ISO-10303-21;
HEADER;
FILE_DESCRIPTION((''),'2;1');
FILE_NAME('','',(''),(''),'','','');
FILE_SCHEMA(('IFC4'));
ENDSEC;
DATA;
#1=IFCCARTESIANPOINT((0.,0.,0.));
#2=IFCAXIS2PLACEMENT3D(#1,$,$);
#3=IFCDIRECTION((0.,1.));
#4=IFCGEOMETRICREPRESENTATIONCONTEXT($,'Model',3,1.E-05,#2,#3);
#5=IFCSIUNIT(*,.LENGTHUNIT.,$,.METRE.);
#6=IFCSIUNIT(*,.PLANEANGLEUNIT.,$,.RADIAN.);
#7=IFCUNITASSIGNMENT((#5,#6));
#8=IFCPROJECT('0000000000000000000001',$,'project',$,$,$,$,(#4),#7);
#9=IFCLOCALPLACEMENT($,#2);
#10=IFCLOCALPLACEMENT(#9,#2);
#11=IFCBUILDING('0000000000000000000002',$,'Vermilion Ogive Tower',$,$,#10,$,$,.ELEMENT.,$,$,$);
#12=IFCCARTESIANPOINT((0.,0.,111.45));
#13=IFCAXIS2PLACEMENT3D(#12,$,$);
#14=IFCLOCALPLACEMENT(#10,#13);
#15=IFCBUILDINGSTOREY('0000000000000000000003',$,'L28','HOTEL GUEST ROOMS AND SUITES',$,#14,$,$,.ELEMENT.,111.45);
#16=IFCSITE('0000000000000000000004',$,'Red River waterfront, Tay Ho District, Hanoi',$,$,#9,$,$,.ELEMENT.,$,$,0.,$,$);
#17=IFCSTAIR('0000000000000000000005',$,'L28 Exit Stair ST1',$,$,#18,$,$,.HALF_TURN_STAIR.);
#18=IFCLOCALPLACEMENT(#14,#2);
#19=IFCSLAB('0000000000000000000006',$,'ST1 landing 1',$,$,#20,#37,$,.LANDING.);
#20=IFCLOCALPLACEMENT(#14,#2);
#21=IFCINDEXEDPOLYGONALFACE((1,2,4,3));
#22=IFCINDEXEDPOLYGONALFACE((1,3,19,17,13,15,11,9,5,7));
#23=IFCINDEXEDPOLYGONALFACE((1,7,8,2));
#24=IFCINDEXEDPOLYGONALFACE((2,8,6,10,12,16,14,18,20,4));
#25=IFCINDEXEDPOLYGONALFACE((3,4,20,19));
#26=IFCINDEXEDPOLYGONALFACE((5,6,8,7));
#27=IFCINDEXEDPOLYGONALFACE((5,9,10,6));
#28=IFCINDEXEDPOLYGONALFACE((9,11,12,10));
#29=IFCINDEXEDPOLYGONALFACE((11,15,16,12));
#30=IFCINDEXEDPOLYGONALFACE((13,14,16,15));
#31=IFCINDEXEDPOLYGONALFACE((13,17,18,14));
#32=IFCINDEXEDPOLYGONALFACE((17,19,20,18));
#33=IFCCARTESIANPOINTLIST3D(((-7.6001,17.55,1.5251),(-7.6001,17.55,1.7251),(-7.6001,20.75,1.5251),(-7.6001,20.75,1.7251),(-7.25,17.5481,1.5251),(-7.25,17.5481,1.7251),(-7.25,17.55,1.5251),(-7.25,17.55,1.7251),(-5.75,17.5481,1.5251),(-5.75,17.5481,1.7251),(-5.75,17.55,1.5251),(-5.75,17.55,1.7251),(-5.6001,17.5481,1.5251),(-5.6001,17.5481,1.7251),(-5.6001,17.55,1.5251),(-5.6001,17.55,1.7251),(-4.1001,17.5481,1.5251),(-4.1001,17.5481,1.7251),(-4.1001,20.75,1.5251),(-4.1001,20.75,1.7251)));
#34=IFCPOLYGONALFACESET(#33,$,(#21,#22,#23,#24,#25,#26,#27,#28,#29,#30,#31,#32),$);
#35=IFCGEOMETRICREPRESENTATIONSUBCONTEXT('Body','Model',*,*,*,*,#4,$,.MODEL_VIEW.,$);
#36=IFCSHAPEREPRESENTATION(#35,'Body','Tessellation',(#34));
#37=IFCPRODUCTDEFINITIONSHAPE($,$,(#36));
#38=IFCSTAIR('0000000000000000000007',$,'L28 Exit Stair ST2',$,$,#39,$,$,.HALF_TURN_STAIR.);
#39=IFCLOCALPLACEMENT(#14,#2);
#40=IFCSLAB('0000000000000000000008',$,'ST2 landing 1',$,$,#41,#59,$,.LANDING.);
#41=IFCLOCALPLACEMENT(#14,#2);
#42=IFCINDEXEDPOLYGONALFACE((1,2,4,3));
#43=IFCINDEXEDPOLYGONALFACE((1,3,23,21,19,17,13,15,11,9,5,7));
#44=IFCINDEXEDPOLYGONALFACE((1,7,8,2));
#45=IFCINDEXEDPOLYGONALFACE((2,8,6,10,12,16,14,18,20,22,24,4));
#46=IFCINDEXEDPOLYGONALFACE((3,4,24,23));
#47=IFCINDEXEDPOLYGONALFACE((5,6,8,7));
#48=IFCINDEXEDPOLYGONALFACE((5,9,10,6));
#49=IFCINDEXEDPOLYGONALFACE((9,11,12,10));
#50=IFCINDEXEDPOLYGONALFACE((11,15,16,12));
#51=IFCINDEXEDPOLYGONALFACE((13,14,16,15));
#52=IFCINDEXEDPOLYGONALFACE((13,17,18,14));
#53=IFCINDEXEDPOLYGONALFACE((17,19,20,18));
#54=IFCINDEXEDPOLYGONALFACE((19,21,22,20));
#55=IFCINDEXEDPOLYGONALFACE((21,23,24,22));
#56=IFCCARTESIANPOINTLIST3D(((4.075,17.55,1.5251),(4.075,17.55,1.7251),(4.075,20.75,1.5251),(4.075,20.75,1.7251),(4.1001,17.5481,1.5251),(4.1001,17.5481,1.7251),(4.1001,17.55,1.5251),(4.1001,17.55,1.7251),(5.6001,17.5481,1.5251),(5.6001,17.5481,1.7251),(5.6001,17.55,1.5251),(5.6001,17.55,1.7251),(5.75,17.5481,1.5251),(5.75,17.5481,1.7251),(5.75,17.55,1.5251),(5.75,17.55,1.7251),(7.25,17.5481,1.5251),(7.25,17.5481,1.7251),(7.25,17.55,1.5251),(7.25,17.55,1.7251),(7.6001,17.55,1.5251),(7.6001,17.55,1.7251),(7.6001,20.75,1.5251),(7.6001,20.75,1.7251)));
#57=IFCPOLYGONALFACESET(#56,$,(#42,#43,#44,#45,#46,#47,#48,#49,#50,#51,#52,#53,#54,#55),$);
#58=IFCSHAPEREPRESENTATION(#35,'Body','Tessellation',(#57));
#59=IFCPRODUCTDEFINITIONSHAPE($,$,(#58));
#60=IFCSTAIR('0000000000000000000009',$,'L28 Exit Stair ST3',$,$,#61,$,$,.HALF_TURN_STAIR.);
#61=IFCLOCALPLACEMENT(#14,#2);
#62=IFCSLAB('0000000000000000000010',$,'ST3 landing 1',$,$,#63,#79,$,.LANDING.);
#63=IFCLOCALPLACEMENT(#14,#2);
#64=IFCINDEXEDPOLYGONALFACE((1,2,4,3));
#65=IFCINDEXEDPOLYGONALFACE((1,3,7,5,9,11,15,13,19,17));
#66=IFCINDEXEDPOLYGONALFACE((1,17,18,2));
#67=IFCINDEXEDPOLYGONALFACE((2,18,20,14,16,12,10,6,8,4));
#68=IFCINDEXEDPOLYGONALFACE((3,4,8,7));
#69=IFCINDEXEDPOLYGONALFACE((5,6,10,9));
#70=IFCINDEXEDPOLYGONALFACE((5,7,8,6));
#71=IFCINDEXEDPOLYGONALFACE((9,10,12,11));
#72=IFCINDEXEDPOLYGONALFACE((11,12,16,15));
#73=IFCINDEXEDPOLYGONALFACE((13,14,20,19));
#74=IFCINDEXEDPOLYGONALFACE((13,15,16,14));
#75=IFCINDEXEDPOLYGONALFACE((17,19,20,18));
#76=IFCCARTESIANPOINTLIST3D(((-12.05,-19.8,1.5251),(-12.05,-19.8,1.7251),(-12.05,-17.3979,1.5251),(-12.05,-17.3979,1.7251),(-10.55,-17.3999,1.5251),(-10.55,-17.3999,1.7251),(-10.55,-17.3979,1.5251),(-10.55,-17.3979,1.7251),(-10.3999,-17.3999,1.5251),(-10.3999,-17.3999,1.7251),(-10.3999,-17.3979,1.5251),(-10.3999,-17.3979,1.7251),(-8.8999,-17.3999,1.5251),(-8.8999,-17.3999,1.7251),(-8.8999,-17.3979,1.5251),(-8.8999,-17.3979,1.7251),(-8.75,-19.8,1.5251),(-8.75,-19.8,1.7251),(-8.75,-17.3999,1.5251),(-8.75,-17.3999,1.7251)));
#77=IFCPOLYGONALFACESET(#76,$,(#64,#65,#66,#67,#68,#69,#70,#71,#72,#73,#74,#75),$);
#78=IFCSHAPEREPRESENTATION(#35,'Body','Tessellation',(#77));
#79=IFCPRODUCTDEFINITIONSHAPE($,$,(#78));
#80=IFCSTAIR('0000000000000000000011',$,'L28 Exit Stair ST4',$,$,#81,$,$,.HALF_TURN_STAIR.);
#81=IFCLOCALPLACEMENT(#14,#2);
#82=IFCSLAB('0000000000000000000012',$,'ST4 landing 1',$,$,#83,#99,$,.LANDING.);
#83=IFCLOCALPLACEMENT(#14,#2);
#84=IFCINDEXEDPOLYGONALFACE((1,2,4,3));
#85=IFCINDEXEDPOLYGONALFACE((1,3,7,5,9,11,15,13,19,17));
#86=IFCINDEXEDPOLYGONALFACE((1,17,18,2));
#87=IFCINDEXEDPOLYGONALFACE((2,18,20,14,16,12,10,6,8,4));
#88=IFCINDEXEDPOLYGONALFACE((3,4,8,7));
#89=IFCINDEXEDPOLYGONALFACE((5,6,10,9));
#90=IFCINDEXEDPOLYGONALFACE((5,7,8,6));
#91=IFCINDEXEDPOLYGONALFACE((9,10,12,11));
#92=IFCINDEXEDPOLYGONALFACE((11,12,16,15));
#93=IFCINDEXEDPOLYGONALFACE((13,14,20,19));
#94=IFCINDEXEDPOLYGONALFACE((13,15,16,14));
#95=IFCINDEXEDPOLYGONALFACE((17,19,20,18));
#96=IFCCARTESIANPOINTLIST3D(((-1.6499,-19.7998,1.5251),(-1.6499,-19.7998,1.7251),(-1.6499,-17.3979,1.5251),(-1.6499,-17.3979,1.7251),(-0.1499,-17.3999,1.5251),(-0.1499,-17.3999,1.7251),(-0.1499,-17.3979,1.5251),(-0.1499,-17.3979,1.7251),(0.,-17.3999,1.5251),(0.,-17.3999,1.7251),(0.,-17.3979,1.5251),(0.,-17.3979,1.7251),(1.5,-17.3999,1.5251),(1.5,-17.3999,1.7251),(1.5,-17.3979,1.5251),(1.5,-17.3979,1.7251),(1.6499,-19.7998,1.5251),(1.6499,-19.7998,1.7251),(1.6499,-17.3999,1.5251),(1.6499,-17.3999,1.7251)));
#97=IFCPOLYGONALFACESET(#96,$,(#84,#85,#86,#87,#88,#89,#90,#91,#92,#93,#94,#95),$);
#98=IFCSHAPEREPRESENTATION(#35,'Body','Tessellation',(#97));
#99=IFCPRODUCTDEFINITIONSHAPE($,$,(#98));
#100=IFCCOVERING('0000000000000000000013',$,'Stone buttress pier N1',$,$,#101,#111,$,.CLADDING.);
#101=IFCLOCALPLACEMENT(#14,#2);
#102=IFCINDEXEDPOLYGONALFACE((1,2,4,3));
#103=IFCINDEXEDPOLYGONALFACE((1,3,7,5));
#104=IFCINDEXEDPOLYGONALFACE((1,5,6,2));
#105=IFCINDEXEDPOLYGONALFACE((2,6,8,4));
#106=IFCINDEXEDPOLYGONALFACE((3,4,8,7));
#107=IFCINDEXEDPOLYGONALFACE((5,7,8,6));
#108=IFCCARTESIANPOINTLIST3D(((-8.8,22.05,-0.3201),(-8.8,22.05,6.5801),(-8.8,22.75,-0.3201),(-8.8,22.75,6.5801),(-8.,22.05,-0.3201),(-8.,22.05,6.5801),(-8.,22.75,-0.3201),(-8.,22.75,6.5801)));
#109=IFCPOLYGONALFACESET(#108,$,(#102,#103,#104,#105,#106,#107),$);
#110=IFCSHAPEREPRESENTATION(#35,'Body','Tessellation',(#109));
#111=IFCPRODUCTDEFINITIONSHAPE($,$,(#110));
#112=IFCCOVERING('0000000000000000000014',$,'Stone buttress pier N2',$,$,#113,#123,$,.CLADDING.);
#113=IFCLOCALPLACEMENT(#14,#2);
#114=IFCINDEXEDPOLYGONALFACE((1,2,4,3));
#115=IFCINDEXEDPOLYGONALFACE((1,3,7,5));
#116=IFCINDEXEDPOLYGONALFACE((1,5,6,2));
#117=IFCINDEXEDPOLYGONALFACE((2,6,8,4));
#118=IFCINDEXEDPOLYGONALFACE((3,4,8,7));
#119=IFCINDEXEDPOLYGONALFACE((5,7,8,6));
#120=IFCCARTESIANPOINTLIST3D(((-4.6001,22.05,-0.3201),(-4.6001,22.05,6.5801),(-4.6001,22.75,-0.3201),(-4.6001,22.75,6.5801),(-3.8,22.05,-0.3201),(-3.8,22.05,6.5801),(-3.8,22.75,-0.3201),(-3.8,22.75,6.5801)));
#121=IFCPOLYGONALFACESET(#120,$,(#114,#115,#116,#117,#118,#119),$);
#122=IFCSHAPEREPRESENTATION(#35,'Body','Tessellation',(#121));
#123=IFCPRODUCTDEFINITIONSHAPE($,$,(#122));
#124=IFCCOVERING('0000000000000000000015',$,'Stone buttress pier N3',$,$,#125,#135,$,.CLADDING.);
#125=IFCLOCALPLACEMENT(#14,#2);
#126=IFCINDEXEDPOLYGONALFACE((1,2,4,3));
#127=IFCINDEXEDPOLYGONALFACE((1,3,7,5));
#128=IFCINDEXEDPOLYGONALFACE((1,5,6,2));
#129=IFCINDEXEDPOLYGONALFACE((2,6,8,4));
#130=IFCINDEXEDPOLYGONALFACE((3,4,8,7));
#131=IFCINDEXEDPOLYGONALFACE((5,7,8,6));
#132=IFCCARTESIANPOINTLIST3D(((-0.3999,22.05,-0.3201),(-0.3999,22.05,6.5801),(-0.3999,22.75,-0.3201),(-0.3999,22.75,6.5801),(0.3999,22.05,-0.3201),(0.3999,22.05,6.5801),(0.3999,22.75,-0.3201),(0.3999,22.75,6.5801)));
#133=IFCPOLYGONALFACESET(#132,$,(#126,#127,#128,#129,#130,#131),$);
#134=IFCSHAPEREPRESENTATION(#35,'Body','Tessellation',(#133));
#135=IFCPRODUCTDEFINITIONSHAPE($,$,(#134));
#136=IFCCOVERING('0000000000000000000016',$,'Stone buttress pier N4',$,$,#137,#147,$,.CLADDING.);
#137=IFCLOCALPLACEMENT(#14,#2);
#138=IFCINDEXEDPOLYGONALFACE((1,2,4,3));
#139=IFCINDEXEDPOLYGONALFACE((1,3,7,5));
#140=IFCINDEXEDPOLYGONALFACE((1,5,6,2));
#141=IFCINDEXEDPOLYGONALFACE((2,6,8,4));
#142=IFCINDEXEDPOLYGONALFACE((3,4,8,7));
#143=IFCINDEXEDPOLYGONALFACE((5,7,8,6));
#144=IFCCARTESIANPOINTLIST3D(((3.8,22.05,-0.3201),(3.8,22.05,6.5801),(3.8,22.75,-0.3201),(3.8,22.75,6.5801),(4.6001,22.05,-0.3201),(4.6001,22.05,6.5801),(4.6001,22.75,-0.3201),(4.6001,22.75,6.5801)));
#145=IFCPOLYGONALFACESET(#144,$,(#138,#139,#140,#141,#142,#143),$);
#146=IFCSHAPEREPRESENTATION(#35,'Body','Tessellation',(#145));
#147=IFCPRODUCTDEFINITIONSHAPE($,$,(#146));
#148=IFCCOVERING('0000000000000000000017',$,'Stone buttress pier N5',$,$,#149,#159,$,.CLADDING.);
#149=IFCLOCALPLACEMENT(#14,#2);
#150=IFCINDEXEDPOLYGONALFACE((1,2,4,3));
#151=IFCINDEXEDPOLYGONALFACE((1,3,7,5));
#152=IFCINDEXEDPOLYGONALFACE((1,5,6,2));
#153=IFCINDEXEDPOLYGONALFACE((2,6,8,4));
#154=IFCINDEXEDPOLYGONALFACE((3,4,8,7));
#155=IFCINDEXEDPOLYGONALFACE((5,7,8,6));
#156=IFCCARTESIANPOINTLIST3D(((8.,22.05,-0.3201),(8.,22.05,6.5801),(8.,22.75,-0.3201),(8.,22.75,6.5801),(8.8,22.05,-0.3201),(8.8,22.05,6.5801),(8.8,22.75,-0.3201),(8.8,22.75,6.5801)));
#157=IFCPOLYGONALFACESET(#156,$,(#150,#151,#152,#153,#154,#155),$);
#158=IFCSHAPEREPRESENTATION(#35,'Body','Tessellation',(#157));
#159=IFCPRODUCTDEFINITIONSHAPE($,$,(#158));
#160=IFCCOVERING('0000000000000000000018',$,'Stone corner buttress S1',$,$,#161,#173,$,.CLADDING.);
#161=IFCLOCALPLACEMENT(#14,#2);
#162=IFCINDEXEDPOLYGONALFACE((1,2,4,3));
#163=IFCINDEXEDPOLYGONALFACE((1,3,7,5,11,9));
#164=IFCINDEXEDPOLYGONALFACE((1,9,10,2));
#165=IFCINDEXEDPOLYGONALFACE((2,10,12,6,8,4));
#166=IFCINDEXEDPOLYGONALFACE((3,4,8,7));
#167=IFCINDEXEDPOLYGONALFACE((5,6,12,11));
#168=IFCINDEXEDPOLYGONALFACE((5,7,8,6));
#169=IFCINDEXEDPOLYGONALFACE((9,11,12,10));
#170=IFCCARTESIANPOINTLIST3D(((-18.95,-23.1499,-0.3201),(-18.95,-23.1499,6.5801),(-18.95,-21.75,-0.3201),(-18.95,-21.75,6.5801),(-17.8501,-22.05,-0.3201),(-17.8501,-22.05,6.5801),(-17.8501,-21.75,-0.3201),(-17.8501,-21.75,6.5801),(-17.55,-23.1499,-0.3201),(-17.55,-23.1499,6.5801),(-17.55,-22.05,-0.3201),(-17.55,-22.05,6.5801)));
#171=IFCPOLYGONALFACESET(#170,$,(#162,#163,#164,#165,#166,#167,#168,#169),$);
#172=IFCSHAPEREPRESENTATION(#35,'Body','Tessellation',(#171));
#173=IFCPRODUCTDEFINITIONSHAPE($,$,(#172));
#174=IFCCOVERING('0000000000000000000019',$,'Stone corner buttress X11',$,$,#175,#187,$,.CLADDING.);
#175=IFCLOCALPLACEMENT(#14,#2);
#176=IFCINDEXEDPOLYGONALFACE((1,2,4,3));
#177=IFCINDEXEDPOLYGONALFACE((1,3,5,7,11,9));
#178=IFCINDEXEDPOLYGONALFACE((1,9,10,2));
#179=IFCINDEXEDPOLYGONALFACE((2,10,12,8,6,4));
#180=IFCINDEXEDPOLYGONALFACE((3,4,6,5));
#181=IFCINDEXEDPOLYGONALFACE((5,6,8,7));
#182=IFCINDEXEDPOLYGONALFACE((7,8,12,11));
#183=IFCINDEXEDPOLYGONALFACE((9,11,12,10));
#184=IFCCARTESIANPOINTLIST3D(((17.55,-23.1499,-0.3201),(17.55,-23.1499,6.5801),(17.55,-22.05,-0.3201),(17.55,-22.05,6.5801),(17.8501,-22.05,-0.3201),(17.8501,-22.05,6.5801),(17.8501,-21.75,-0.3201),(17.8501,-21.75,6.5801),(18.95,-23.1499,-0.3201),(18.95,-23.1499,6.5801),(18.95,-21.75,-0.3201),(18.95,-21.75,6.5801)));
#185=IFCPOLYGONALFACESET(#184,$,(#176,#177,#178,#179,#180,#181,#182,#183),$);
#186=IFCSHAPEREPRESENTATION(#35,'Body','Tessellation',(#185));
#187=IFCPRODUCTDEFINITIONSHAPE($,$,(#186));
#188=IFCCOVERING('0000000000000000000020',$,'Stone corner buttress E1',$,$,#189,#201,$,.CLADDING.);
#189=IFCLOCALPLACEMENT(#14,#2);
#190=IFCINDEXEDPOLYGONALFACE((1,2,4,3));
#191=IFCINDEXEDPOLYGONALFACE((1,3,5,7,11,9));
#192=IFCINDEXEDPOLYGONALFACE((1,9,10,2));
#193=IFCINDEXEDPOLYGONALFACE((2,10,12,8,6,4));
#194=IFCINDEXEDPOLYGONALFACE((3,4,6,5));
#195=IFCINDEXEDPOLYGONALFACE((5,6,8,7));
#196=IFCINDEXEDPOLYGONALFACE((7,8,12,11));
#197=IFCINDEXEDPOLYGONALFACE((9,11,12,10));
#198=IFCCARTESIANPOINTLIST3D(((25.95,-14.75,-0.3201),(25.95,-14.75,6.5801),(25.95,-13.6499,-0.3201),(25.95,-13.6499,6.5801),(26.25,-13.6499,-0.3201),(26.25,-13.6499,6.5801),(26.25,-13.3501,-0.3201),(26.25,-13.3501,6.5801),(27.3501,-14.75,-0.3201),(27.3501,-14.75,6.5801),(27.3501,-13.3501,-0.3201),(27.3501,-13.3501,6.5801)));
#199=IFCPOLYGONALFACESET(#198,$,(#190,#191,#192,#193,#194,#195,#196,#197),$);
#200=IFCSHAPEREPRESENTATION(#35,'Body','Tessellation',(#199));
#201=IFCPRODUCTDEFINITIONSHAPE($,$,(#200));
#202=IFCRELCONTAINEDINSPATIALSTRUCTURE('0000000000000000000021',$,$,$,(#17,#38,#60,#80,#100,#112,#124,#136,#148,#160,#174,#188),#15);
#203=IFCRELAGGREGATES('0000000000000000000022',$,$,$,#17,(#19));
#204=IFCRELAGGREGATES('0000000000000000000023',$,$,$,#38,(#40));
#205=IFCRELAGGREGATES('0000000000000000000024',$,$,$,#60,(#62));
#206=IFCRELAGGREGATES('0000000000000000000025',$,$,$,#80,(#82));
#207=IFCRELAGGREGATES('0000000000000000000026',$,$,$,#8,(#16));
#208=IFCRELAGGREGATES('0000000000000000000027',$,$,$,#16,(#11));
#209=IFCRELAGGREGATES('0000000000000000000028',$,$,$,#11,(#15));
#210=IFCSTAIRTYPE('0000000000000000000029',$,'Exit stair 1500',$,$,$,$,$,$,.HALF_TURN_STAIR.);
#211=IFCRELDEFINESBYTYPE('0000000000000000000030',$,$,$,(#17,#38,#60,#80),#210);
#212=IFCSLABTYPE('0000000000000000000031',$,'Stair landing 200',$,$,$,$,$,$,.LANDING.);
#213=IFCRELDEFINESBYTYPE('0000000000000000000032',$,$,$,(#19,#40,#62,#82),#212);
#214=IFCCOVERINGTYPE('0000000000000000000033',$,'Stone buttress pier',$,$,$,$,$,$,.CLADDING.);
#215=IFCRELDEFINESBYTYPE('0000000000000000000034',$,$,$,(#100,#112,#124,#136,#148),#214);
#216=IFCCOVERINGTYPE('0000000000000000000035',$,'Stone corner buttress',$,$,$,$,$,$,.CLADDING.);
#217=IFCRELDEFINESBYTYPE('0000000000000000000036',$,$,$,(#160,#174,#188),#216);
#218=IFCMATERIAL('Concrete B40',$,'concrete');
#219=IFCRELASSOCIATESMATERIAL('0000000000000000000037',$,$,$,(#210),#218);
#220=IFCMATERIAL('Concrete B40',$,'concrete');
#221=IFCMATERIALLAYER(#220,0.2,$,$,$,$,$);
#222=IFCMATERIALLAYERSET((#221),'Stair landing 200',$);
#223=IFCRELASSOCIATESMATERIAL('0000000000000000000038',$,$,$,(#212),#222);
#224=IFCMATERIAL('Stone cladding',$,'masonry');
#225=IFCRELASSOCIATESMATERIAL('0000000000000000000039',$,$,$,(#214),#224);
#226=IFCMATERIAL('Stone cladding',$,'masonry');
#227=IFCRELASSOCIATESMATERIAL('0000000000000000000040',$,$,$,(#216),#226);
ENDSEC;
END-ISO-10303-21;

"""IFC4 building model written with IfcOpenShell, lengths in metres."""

from ifc_helpers import new_model, si_unit, direction, frame, origin, place, context, subcontext, project, spatial, polyline, outline, extrude, material, layer, layer_set, type_object, element, aggregate, save


model = new_model("IFC4")

# Units and contexts
model_context = context("Model", 3, precision=1e-05, world=origin(), true_north=direction((0.0, 1.0)))
body_context = subcontext(model_context, "Body", "Model", "MODEL_VIEW")
ifc_project = project(units=[si_unit("LENGTHUNIT", "METRE"), si_unit("PLANEANGLEUNIT", "RADIAN")], contexts=[model_context])

# Site, building, storey
site_placement = place(None, origin())
site = spatial("IfcSite", under=ifc_project, at=site_placement, Name="Red River waterfront, Tay Ho District, Hanoi", CompositionType="ELEMENT", RefElevation=0.0)
building_placement = place(site_placement, origin())
building = spatial("IfcBuilding", under=site, at=building_placement, Name="Vermilion Ogive Tower", CompositionType="ELEMENT")
storey_placement = place(building_placement, frame((0.0, 0.0, 111.45)))
storey = spatial("IfcBuildingStorey", under=building, at=storey_placement, Name="L28", Description="HOTEL GUEST ROOMS AND SUITES", CompositionType="ELEMENT", Elevation=111.45)

# Stairs, slabs
ifc_material_1 = material(Name="Concrete B40", Category="concrete")
stair_type = type_object("IfcStairType", Name="Exit stair 1500", PredefinedType="HALF_TURN_STAIR", material=ifc_material_1)
stair_1_placement = place(storey_placement, origin())
stair_1 = element("IfcStair", 1, at=stair_1_placement, inside=storey, type_object=stair_type, Name="L28 Exit Stair ST1", PredefinedType="HALF_TURN_STAIR")
ifc_material_2 = material(Name="Concrete B40", Category="concrete")
ifc_layer = layer(ifc_material_2, 0.2)
ifc_layer_set = layer_set([ifc_layer], Name="Stair landing 200")
slab_type = type_object("IfcSlabType", Name="Stair landing 200", PredefinedType="LANDING", material=ifc_layer_set)
slab_1_placement = place(storey_placement, frame((0.0, 0.0, 1.5251)))
slab_1 = element("IfcSlab", 2, at=slab_1_placement, type_object=slab_type, Name="ST1 landing 1", PredefinedType="LANDING", context=body_context, shape_type="SweptSolid", body=[
    extrude(outline(polyline([(-7.6001, 17.55), (-7.25, 17.55), (-7.25, 17.5481), (-5.75, 17.5481), (-5.75, 17.55), (-5.6001, 17.55), (-5.6001, 17.5481), (-4.1001, 17.5481), (-4.1001, 20.75), (-7.6001, 20.75), (-7.6001, 17.55)])), origin(), (0.0, 0.0, 1.0), 0.2),
])
aggregate(stair_1, [slab_1])
stair_2_placement = place(storey_placement, origin())
stair_2 = element("IfcStair", 3, at=stair_2_placement, inside=storey, type_object=stair_type, Name="L28 Exit Stair ST2", PredefinedType="HALF_TURN_STAIR")
slab_2_placement = place(storey_placement, frame((0.0, 0.0, 1.5251)))
slab_2 = element("IfcSlab", 4, at=slab_2_placement, type_object=slab_type, Name="ST2 landing 1", PredefinedType="LANDING", context=body_context, shape_type="SweptSolid", body=[
    extrude(outline(polyline([(5.6001, 17.55), (5.75, 17.55), (5.75, 17.5481), (7.25, 17.5481), (7.25, 17.55), (7.6001, 17.55), (7.6001, 20.75), (4.075, 20.75), (4.075, 17.55), (4.1001, 17.55), (4.1001, 17.5481), (5.6001, 17.5481), (5.6001, 17.55)])), origin(), (0.0, 0.0, 1.0), 0.2),
])
aggregate(stair_2, [slab_2])
stair_3_placement = place(storey_placement, origin())
stair_3 = element("IfcStair", 5, at=stair_3_placement, inside=storey, type_object=stair_type, Name="L28 Exit Stair ST3", PredefinedType="HALF_TURN_STAIR")
slab_3_placement = place(storey_placement, frame((0.0, 0.0, 1.5251)))
slab_3 = element("IfcSlab", 6, at=slab_3_placement, type_object=slab_type, Name="ST3 landing 1", PredefinedType="LANDING", context=body_context, shape_type="SweptSolid", body=[
    extrude(outline(polyline([(-8.75, -17.3999), (-8.8999, -17.3999), (-8.8999, -17.3979), (-10.3999, -17.3979), (-10.3999, -17.3999), (-10.55, -17.3999), (-10.55, -17.3979), (-12.05, -17.3979), (-12.05, -19.8), (-8.75, -19.8), (-8.75, -17.3999)])), origin(), (0.0, 0.0, 1.0), 0.2),
])
aggregate(stair_3, [slab_3])
stair_4_placement = place(storey_placement, origin())
stair_4 = element("IfcStair", 7, at=stair_4_placement, inside=storey, type_object=stair_type, Name="L28 Exit Stair ST4", PredefinedType="HALF_TURN_STAIR")
slab_4_placement = place(storey_placement, frame((0.0, 0.0, 1.5251)))
slab_4 = element("IfcSlab", 8, at=slab_4_placement, type_object=slab_type, Name="ST4 landing 1", PredefinedType="LANDING", context=body_context, shape_type="SweptSolid", body=[
    extrude(outline(polyline([(1.6499, -17.3999), (1.5, -17.3999), (1.5, -17.3979), (0.0, -17.3979), (0.0, -17.3999), (-0.1499, -17.3999), (-0.1499, -17.3979), (-1.6499, -17.3979), (-1.6499, -19.7998), (1.6499, -19.7998), (1.6499, -17.3999)])), origin(), (0.0, 0.0, 1.0), 0.2),
])
aggregate(stair_4, [slab_4])

# Coverings
ifc_material_3 = material(Name="Stone cladding", Category="masonry")
covering_type_1 = type_object("IfcCoveringType", Name="Stone buttress pier", PredefinedType="CLADDING", material=ifc_material_3)
covering_1_placement = place(storey_placement, frame((0.0, 0.0, -0.3201)))
element("IfcCovering", 9, at=covering_1_placement, inside=storey, type_object=covering_type_1, Name="Stone buttress pier N1", PredefinedType="CLADDING", context=body_context, shape_type="SweptSolid", body=[
    extrude(outline(polyline([(-8.0, 22.75), (-8.0, 22.05), (-8.8, 22.05), (-8.8, 22.75), (-8.0, 22.75)])), origin(), (0.0, 0.0, 1.0), 6.9001),
])
covering_2_placement = place(storey_placement, frame((0.0, 0.0, -0.3201)))
element("IfcCovering", 10, at=covering_2_placement, inside=storey, type_object=covering_type_1, Name="Stone buttress pier N2", PredefinedType="CLADDING", context=body_context, shape_type="SweptSolid", body=[
    extrude(outline(polyline([(-3.8, 22.75), (-3.8, 22.05), (-4.6001, 22.05), (-4.6001, 22.75), (-3.8, 22.75)])), origin(), (0.0, 0.0, 1.0), 6.9001),
])
covering_3_placement = place(storey_placement, frame((0.0, 0.0, -0.3201)))
element("IfcCovering", 11, at=covering_3_placement, inside=storey, type_object=covering_type_1, Name="Stone buttress pier N3", PredefinedType="CLADDING", context=body_context, shape_type="SweptSolid", body=[
    extrude(outline(polyline([(0.3999, 22.75), (0.3999, 22.05), (-0.3999, 22.05), (-0.3999, 22.75), (0.3999, 22.75)])), origin(), (0.0, 0.0, 1.0), 6.9001),
])
covering_4_placement = place(storey_placement, frame((0.0, 0.0, -0.3201)))
element("IfcCovering", 12, at=covering_4_placement, inside=storey, type_object=covering_type_1, Name="Stone buttress pier N4", PredefinedType="CLADDING", context=body_context, shape_type="SweptSolid", body=[
    extrude(outline(polyline([(4.6001, 22.75), (4.6001, 22.05), (3.8, 22.05), (3.8, 22.75), (4.6001, 22.75)])), origin(), (0.0, 0.0, 1.0), 6.9001),
])
covering_5_placement = place(storey_placement, frame((0.0, 0.0, -0.3201)))
element("IfcCovering", 13, at=covering_5_placement, inside=storey, type_object=covering_type_1, Name="Stone buttress pier N5", PredefinedType="CLADDING", context=body_context, shape_type="SweptSolid", body=[
    extrude(outline(polyline([(8.8, 22.75), (8.8, 22.05), (8.0, 22.05), (8.0, 22.75), (8.8, 22.75)])), origin(), (0.0, 0.0, 1.0), 6.9001),
])
ifc_material_4 = material(Name="Stone cladding", Category="masonry")
covering_type_2 = type_object("IfcCoveringType", Name="Stone corner buttress", PredefinedType="CLADDING", material=ifc_material_4)
covering_6_placement = place(storey_placement, frame((0.0, 0.0, -0.3201)))
element("IfcCovering", 14, at=covering_6_placement, inside=storey, type_object=covering_type_2, Name="Stone corner buttress S1", PredefinedType="CLADDING", context=body_context, shape_type="SweptSolid", body=[
    extrude(outline(polyline([(-17.8501, -22.05), (-17.55, -22.05), (-17.55, -23.1499), (-18.95, -23.1499), (-18.95, -21.75), (-17.8501, -21.75), (-17.8501, -22.05)])), origin(), (0.0, 0.0, 1.0), 6.9001),
])
covering_7_placement = place(storey_placement, frame((0.0, 0.0, -0.3201)))
element("IfcCovering", 15, at=covering_7_placement, inside=storey, type_object=covering_type_2, Name="Stone corner buttress X11", PredefinedType="CLADDING", context=body_context, shape_type="SweptSolid", body=[
    extrude(outline(polyline([(17.55, -22.05), (17.8501, -22.05), (17.8501, -21.75), (18.95, -21.75), (18.95, -23.1499), (17.55, -23.1499), (17.55, -22.05)])), origin(), (0.0, 0.0, 1.0), 6.9001),
])
covering_8_placement = place(storey_placement, frame((0.0, 0.0, -0.3201)))
element("IfcCovering", 16, at=covering_8_placement, inside=storey, type_object=covering_type_2, Name="Stone corner buttress E1", PredefinedType="CLADDING", context=body_context, shape_type="SweptSolid", body=[
    extrude(outline(polyline([(25.95, -13.6499), (26.25, -13.6499), (26.25, -13.3501), (27.3501, -13.3501), (27.3501, -14.75), (25.95, -14.75), (25.95, -13.6499)])), origin(), (0.0, 0.0, 1.0), 6.9001),
])

save(model, "model.ifc")
